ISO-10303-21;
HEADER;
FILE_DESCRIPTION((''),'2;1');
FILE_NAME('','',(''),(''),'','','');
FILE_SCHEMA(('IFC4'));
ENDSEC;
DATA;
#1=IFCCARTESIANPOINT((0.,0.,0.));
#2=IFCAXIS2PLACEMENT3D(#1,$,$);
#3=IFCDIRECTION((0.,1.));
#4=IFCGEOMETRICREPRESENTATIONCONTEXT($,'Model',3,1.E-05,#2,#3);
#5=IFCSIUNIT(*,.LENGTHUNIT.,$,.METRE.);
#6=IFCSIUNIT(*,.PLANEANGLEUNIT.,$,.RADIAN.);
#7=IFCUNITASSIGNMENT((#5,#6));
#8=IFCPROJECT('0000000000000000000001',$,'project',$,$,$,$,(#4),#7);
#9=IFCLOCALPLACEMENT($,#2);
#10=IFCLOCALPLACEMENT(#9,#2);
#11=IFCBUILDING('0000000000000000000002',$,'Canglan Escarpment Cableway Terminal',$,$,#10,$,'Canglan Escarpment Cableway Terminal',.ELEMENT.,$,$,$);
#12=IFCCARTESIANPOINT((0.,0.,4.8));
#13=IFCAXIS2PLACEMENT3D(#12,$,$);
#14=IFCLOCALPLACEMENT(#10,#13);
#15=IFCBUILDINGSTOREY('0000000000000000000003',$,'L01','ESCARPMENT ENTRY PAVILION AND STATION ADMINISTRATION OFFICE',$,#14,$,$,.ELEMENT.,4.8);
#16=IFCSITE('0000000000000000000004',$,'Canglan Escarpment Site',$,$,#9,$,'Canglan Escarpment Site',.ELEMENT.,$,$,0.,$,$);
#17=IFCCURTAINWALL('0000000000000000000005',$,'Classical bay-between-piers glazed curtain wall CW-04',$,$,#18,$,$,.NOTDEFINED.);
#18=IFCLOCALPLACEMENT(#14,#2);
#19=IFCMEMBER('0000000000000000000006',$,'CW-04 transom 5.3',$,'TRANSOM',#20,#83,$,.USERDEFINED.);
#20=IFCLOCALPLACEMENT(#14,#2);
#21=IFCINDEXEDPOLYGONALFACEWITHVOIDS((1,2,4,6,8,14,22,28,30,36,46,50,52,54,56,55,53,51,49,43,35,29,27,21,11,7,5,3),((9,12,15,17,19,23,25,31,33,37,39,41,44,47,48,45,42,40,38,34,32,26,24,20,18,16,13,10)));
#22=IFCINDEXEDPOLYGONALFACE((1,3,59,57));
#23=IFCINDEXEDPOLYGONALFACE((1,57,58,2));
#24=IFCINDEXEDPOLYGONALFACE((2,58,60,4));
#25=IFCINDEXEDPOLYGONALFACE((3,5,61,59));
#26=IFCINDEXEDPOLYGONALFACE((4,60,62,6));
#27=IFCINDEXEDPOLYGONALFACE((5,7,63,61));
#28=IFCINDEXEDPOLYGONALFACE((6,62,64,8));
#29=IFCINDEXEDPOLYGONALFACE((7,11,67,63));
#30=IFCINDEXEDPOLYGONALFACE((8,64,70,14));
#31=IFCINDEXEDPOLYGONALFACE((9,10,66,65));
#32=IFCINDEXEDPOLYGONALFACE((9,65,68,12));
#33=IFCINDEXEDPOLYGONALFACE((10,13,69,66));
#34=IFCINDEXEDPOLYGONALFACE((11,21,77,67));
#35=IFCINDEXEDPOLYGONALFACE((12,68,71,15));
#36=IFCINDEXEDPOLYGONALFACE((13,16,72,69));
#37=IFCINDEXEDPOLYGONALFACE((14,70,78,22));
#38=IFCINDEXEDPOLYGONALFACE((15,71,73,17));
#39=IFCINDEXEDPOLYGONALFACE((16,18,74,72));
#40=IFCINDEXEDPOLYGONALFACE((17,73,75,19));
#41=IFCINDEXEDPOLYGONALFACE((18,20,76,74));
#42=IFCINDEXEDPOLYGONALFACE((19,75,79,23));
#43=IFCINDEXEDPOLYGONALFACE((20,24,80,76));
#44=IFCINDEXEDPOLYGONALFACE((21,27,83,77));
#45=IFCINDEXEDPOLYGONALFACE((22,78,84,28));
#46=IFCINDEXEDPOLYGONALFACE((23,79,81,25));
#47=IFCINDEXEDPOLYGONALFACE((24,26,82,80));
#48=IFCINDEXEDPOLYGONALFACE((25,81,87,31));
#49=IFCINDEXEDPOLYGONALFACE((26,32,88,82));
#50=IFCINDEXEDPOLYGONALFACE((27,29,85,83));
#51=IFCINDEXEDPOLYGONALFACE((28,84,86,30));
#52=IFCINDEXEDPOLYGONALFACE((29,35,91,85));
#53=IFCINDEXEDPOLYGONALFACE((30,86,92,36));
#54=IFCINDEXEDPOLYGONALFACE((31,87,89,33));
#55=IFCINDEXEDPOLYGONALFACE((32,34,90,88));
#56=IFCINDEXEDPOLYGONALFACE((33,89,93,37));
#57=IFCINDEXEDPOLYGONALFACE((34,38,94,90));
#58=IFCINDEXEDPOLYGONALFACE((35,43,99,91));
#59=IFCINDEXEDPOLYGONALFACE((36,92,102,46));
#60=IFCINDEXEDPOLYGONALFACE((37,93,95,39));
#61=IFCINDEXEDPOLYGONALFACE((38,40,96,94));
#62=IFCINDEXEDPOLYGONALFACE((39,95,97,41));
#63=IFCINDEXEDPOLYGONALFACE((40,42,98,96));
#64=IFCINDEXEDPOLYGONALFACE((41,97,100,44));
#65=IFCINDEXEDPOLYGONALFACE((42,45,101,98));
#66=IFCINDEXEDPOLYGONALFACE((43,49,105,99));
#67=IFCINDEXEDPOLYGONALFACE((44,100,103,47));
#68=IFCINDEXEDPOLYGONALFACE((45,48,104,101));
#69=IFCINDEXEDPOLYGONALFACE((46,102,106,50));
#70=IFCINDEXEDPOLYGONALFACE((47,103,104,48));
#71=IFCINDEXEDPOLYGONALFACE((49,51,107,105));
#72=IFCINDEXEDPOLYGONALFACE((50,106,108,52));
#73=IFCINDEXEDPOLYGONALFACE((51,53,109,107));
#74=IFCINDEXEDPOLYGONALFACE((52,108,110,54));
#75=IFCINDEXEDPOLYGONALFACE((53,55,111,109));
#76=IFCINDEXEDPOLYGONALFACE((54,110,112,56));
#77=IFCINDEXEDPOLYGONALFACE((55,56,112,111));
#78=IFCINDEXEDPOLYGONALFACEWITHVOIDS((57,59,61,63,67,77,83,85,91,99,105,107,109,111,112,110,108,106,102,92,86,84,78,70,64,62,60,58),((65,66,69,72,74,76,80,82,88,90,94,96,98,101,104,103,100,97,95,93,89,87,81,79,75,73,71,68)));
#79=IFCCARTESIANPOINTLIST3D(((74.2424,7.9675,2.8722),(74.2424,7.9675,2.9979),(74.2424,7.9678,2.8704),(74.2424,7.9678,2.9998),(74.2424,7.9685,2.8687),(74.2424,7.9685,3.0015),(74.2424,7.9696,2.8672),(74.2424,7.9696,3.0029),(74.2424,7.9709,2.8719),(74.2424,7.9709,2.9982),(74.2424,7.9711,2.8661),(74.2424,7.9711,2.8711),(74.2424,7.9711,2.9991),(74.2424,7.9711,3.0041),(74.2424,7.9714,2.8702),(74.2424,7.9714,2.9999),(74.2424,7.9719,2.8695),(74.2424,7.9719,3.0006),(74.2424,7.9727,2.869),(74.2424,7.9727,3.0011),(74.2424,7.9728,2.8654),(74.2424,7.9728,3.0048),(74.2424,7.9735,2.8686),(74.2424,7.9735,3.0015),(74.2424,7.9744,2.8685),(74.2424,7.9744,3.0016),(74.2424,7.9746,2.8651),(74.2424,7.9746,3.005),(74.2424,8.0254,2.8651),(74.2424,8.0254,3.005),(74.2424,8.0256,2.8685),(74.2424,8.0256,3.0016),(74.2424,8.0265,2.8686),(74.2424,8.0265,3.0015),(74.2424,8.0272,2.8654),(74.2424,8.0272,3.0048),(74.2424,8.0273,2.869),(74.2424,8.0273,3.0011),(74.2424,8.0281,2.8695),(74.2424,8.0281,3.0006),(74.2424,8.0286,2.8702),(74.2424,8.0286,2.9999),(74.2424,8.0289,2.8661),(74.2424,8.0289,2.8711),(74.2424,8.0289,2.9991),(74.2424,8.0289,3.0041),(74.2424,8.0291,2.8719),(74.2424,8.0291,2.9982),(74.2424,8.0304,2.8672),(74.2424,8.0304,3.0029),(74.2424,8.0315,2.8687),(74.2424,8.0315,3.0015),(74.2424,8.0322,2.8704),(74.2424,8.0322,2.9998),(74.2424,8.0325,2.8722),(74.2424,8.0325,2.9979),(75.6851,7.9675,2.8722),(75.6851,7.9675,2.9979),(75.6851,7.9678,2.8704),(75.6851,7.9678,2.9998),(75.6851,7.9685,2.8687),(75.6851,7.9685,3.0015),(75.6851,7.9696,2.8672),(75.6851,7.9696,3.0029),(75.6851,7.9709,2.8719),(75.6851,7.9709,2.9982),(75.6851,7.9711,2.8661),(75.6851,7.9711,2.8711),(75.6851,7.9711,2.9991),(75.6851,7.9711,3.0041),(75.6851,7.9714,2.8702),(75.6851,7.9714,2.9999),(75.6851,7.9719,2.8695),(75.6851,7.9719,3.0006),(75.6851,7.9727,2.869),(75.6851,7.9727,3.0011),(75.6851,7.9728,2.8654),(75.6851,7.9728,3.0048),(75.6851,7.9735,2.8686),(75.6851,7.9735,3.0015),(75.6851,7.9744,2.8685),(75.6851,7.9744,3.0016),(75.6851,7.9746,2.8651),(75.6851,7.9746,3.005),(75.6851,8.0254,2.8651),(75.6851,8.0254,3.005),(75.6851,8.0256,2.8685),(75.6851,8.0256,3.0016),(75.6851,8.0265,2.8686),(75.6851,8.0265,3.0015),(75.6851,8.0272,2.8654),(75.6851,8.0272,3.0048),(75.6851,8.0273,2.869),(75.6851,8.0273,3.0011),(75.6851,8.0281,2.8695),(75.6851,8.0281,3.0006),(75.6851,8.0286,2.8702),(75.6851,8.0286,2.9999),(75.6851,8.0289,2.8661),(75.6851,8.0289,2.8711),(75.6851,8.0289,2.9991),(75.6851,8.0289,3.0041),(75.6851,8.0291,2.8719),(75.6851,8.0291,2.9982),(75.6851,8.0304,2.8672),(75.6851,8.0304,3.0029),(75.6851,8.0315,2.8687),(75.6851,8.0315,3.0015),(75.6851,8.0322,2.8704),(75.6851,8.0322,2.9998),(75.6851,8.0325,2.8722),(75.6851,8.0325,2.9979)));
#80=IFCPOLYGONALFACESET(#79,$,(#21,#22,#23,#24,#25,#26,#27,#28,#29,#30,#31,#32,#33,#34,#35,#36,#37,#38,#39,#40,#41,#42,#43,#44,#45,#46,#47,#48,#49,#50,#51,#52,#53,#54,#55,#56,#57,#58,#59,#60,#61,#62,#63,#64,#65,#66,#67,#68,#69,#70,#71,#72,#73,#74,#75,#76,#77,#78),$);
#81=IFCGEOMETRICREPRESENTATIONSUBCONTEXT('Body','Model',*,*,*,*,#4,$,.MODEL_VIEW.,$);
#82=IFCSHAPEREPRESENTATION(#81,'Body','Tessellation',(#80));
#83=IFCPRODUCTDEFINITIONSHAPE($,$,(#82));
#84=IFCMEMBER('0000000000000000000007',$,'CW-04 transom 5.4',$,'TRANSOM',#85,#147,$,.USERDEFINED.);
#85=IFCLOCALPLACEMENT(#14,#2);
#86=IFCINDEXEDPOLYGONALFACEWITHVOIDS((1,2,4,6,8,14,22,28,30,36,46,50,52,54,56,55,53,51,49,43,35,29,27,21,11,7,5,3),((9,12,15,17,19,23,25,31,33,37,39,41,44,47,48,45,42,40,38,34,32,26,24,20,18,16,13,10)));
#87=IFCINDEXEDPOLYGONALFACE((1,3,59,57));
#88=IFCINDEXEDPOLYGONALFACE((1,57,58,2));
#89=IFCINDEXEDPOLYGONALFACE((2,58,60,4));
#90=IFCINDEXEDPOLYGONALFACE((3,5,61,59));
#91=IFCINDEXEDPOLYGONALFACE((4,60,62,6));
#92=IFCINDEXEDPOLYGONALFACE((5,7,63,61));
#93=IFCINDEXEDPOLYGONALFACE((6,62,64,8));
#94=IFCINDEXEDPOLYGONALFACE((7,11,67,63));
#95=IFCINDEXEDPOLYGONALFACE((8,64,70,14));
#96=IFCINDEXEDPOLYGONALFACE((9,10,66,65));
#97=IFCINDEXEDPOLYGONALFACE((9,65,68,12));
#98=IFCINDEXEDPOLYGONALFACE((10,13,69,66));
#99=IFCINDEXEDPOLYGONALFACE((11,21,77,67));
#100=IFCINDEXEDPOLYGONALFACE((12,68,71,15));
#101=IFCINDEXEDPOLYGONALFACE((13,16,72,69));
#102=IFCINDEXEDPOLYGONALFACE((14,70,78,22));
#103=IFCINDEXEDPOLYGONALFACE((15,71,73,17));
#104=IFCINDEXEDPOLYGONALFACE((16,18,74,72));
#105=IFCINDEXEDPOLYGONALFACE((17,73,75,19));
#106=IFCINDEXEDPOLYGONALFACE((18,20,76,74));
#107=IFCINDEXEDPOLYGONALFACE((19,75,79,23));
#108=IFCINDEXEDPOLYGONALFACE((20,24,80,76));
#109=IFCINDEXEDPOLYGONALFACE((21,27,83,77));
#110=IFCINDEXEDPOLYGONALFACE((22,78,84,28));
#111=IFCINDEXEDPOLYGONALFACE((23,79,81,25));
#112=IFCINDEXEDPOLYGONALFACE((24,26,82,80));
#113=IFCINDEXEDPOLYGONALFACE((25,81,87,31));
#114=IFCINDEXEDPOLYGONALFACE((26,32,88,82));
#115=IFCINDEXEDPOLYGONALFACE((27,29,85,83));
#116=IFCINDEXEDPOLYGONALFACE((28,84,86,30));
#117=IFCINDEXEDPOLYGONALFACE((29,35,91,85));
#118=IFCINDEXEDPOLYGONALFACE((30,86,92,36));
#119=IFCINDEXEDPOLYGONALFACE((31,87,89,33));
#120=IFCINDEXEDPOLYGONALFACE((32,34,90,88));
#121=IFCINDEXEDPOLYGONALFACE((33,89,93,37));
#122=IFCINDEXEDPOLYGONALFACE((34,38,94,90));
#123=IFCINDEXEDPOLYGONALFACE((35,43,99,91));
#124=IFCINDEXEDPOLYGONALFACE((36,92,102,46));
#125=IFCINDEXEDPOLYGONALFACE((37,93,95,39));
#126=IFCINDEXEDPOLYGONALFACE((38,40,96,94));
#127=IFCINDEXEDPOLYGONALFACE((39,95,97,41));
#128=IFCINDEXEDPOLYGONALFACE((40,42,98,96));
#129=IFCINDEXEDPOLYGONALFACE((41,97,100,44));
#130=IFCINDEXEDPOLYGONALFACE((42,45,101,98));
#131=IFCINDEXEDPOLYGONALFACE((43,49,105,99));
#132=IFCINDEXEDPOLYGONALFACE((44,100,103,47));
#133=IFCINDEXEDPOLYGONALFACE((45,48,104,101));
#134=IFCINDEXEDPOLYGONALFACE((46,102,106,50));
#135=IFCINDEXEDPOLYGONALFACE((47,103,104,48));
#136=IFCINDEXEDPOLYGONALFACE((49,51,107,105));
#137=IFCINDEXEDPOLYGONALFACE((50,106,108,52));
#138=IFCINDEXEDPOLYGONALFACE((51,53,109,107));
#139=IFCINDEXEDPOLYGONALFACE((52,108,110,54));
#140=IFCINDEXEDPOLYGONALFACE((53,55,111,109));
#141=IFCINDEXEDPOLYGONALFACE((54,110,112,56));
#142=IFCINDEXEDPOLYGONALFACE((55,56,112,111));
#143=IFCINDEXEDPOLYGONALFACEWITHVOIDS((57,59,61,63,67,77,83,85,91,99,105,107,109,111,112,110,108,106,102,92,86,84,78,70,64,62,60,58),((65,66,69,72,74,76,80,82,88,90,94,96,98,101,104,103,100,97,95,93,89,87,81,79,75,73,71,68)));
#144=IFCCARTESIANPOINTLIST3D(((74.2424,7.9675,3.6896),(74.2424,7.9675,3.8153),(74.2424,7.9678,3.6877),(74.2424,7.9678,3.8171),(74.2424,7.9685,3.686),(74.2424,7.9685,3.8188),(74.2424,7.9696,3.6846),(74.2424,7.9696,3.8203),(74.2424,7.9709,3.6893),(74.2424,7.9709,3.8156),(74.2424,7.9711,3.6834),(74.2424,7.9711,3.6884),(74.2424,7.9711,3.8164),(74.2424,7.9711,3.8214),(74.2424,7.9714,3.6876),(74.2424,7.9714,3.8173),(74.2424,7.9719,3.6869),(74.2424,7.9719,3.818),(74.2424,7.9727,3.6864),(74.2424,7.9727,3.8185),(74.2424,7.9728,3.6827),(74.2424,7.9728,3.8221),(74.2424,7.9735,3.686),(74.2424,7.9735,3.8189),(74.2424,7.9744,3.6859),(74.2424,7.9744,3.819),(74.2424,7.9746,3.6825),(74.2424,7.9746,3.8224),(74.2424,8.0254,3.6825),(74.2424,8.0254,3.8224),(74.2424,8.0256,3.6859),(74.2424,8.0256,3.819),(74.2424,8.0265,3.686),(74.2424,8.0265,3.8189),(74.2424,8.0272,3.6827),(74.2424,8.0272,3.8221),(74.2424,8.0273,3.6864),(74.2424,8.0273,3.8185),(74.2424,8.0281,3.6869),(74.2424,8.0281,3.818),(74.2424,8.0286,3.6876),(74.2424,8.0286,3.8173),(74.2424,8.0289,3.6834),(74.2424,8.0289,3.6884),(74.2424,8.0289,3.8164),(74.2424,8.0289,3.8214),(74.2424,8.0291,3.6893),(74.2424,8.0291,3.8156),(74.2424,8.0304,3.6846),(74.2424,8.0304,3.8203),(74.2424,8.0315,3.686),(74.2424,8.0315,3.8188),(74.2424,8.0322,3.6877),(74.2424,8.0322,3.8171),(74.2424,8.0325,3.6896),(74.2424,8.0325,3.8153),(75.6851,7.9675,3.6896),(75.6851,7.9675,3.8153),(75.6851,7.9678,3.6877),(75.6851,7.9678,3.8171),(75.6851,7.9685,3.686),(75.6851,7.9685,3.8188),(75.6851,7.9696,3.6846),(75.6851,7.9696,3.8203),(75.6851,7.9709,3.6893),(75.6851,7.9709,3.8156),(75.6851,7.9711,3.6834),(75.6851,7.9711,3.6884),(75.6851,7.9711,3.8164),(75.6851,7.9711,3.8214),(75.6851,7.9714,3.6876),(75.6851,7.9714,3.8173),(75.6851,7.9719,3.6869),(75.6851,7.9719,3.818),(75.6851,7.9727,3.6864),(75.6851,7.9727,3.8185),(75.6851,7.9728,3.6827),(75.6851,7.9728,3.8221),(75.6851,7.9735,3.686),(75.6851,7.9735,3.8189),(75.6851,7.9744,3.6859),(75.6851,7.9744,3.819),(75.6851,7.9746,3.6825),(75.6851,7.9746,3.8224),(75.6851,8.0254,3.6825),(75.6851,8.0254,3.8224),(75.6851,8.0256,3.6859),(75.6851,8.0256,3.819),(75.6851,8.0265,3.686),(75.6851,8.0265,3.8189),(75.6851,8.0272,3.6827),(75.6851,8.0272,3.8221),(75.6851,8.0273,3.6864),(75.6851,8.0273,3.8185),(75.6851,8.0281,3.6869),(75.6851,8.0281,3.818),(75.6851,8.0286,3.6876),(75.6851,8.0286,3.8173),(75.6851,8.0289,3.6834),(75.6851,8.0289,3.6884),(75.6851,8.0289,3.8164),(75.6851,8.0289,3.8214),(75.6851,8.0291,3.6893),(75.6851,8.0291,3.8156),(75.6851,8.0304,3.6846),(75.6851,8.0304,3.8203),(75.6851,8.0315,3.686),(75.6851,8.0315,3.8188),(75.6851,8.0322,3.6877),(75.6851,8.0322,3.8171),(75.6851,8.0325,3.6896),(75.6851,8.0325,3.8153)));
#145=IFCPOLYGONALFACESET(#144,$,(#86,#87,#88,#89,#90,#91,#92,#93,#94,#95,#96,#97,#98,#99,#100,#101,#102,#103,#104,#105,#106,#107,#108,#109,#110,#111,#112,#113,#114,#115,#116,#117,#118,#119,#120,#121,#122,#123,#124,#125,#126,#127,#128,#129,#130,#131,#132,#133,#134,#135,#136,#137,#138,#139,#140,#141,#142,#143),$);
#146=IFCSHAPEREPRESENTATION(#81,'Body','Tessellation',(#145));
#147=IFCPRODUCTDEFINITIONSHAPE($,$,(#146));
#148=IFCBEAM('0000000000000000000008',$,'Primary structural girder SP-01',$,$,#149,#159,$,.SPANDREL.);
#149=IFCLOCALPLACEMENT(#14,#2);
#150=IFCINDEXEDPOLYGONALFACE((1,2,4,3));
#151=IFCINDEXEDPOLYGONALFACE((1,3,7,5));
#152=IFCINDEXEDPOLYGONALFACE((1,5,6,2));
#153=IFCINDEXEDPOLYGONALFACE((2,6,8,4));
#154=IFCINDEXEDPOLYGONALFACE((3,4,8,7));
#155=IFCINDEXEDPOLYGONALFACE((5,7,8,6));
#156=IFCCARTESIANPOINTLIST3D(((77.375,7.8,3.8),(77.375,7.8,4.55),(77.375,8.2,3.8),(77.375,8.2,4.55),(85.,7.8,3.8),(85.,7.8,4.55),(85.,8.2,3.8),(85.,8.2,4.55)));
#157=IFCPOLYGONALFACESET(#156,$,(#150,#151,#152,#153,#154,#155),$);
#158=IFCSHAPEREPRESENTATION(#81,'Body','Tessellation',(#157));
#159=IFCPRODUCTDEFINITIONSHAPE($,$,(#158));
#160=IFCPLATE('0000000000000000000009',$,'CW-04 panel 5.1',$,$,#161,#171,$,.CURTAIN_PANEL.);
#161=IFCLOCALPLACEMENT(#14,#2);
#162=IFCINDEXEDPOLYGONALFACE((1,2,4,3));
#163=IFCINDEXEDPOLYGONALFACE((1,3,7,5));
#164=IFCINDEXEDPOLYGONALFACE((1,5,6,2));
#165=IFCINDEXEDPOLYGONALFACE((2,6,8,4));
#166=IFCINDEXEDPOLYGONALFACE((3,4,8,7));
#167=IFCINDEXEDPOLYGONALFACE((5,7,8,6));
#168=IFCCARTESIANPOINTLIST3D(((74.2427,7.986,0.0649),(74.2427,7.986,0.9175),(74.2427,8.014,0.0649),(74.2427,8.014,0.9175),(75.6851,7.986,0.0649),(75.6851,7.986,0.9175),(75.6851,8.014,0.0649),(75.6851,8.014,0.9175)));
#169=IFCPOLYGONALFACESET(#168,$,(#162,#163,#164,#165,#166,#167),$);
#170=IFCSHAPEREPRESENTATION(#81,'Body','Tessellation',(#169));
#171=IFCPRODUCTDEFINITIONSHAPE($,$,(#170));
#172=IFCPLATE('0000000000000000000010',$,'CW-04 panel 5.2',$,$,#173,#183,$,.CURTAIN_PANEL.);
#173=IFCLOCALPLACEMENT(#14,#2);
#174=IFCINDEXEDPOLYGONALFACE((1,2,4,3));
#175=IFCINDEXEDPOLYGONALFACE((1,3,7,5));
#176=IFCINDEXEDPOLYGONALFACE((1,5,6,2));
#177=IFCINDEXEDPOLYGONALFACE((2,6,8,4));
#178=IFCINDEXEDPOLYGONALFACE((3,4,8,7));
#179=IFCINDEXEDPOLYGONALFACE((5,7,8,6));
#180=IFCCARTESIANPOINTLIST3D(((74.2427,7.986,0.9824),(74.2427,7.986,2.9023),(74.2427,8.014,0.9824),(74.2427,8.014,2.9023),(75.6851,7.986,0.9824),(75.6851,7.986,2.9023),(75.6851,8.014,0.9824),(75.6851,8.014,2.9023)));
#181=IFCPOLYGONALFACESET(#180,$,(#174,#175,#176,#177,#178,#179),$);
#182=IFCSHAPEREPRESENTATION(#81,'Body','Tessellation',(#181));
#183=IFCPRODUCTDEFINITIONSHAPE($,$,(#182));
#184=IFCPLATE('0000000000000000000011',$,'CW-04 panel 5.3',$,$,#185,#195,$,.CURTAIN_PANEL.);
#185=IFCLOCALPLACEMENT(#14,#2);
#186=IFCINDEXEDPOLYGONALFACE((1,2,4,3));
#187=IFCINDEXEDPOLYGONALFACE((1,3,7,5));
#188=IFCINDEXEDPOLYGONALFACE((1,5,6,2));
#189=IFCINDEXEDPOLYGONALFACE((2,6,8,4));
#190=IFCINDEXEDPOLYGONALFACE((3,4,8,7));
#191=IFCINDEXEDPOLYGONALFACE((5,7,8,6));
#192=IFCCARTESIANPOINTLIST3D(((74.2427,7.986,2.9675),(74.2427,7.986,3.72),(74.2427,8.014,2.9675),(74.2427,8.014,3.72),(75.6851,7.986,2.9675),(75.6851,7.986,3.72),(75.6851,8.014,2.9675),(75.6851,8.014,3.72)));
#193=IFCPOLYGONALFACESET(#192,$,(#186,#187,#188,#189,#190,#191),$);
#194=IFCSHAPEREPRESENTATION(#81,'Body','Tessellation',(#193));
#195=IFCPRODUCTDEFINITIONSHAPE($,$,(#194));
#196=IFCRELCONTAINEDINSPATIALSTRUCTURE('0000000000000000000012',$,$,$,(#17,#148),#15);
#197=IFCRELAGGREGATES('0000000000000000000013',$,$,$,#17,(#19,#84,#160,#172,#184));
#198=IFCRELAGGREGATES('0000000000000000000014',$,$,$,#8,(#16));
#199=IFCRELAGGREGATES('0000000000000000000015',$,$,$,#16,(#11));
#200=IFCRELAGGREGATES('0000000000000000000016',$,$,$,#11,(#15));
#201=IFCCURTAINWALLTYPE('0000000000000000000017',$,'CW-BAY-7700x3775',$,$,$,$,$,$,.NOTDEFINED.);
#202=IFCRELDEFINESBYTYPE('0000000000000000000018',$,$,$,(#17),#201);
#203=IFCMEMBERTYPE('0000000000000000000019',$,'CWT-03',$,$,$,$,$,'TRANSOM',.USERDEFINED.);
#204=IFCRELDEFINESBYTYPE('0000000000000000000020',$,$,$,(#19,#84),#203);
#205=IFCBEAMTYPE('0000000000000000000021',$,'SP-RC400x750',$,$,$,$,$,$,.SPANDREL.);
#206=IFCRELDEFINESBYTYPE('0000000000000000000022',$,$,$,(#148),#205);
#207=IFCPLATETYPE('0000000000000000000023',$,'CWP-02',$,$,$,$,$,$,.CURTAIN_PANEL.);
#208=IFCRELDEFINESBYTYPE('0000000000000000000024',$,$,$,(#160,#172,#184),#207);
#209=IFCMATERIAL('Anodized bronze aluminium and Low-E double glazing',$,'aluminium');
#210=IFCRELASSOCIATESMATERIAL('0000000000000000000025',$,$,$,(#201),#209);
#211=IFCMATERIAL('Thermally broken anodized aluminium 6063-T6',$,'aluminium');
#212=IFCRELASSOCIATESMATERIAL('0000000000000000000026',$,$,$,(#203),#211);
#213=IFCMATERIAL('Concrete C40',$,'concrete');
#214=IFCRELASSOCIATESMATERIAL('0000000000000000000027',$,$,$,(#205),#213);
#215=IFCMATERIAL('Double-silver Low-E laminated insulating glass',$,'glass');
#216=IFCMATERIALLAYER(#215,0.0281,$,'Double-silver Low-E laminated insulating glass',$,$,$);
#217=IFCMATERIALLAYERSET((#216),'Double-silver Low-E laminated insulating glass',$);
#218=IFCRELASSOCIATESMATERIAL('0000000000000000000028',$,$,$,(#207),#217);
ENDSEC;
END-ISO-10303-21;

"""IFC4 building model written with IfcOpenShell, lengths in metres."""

from ifc_helpers import new_model, si_unit, direction, frame, origin, origin_2d, place, context, subcontext, project, spatial, rectangle, hollow_rectangle, extrude, material, layer, layer_set, material_profile, profile_set, type_object, element, aggregate, save


model = new_model("IFC4")

# Units and contexts
model_context = context("Model", 3, precision=1e-05, world=origin(), true_north=direction((0.0, 1.0)))
body_context = subcontext(model_context, "Body", "Model", "MODEL_VIEW")
ifc_project = project(units=[si_unit("LENGTHUNIT", "METRE"), si_unit("PLANEANGLEUNIT", "RADIAN")], contexts=[model_context])

# Site, building, storey
site_placement = place(None, origin())
site = spatial("IfcSite", under=ifc_project, at=site_placement, Name="Canglan Escarpment Site", LongName="Canglan Escarpment Site", CompositionType="ELEMENT", RefElevation=0.0)
building_placement = place(site_placement, origin())
building = spatial("IfcBuilding", under=site, at=building_placement, Name="Canglan Escarpment Cableway Terminal", LongName="Canglan Escarpment Cableway Terminal", CompositionType="ELEMENT")
storey_placement = place(building_placement, frame((0.0, 0.0, 4.8)))
storey = spatial("IfcBuildingStorey", under=building, at=storey_placement, Name="L01", Description="ESCARPMENT ENTRY PAVILION AND STATION ADMINISTRATION OFFICE", CompositionType="ELEMENT", Elevation=4.8)

# Shared definitions
ifc_material_1 = material(Name="Concrete C40", Category="concrete")

# Curtain wall, members
ifc_material_2 = material(Name="Anodized bronze aluminium and Low-E double glazing", Category="aluminium")
curtain_wall_type = type_object("IfcCurtainWallType", Name="CW-BAY-7700x3775", PredefinedType="NOTDEFINED", material=ifc_material_2)
curtain_wall_placement = place(storey_placement, origin())
curtain_wall = element("IfcCurtainWall", 1, at=curtain_wall_placement, inside=storey, type_object=curtain_wall_type, Name="Classical bay-between-piers glazed curtain wall CW-04", PredefinedType="NOTDEFINED")
ifc_material_3 = material(Name="Thermally broken anodized aluminium 6063-T6", Category="aluminium")
ifc_material_profile_1 = material_profile(ifc_material_3, hollow_rectangle(XDim=0.0649, YDim=0.1399, WallThickness=0.0034, InnerFilletRadius=0.0034, OuterFilletRadius=0.0071, at=origin_2d()), Name="ALU-TRAN 65x140x3.5")
ifc_profile_set_1 = profile_set([ifc_material_profile_1], Name="Thermally broken anodized aluminium 6063-T6")
member_type_1 = type_object("IfcMemberType", Name="CWT-03", ElementType="TRANSOM", PredefinedType="USERDEFINED", material=ifc_profile_set_1)
member_1_placement = place(storey_placement, frame((74.2424, 8.0, 2.9351), z_axis=(1.0, 0.0, 0.0), x_axis=(0.0, 1.0, 0.0)))
member_1 = element("IfcMember", 2, at=member_1_placement, type_object=member_type_1, Name="CW-04 transom 5.3", ObjectType="TRANSOM", PredefinedType="USERDEFINED", context=body_context, shape_type="SweptSolid", body=[
    extrude(hollow_rectangle(XDim=0.0649, YDim=0.1399, WallThickness=0.0034, InnerFilletRadius=0.0034, OuterFilletRadius=0.0071, at=origin_2d()), origin(), (0.0, 0.0, 1.0), 1.4426),
])
member_2_placement = place(storey_placement, frame((74.2424, 8.0, 3.7524), z_axis=(1.0, 0.0, 0.0), x_axis=(0.0, 1.0, 0.0)))
member_2 = element("IfcMember", 3, at=member_2_placement, type_object=member_type_1, Name="CW-04 transom 5.4", ObjectType="TRANSOM", PredefinedType="USERDEFINED", context=body_context, shape_type="SweptSolid", body=[
    extrude(hollow_rectangle(XDim=0.0649, YDim=0.1399, WallThickness=0.0034, InnerFilletRadius=0.0034, OuterFilletRadius=0.0071, at=origin_2d()), origin(), (0.0, 0.0, 1.0), 1.4426),
])

# Beam
ifc_material_profile_2 = material_profile(ifc_material_1, rectangle(XDim=0.3999, YDim=0.75, at=origin_2d()), Name="RC 400x750")
ifc_profile_set_2 = profile_set([ifc_material_profile_2], Name="Concrete C40")
beam_type_1 = type_object("IfcBeamType", Name="SP-RC400x750", PredefinedType="SPANDREL", material=ifc_profile_set_2)
beam_1_placement = place(storey_placement, frame((77.375, 8.0, 4.175), z_axis=(1.0, 0.0, 0.0), x_axis=(0.0, 1.0, 0.0)))
element("IfcBeam", 4, at=beam_1_placement, inside=storey, type_object=beam_type_1, Name="Primary structural girder SP-01", PredefinedType="SPANDREL", context=body_context, shape_type="SweptSolid", body=[
    extrude(rectangle(XDim=0.3999, YDim=0.75, at=origin_2d()), origin(), (0.0, 0.0, 1.0), 7.625),
])

# Plates
ifc_material_4 = material(Name="Double-silver Low-E laminated insulating glass", Category="glass")
ifc_layer_1 = layer(ifc_material_4, 0.0281, Name="Double-silver Low-E laminated insulating glass")
ifc_layer_set_1 = layer_set([ifc_layer_1], Name="Double-silver Low-E laminated insulating glass")
plate_type = type_object("IfcPlateType", Name="CWP-02", PredefinedType="CURTAIN_PANEL", material=ifc_layer_set_1)
plate_1_placement = place(storey_placement, frame((74.9639, 8.0, 0.0649), z_axis=(0.0, 0.0, 1.0), x_axis=(1.0, 0.0, 0.0)))
plate_1 = element("IfcPlate", 5, at=plate_1_placement, type_object=plate_type, Name="CW-04 panel 5.1", PredefinedType="CURTAIN_PANEL", context=body_context, shape_type="SweptSolid", body=[
    extrude(rectangle(XDim=1.4424, YDim=0.0281, at=origin_2d()), origin(), (0.0, 0.0, 1.0), 0.8525),
])
plate_2_placement = place(storey_placement, frame((74.9639, 8.0, 0.9824), z_axis=(0.0, 0.0, 1.0), x_axis=(1.0, 0.0, 0.0)))
plate_2 = element("IfcPlate", 6, at=plate_2_placement, type_object=plate_type, Name="CW-04 panel 5.2", PredefinedType="CURTAIN_PANEL", context=body_context, shape_type="SweptSolid", body=[
    extrude(rectangle(XDim=1.4424, YDim=0.0281, at=origin_2d()), origin(), (0.0, 0.0, 1.0), 1.9199),
])
plate_3_placement = place(storey_placement, frame((74.9639, 8.0, 2.9675), z_axis=(0.0, 0.0, 1.0), x_axis=(1.0, 0.0, 0.0)))
plate_3 = element("IfcPlate", 7, at=plate_3_placement, type_object=plate_type, Name="CW-04 panel 5.3", PredefinedType="CURTAIN_PANEL", context=body_context, shape_type="SweptSolid", body=[
    extrude(rectangle(XDim=1.4424, YDim=0.0281, at=origin_2d()), origin(), (0.0, 0.0, 1.0), 0.7524),
])
aggregate(curtain_wall, [member_1, member_2, plate_1, plate_2, plate_3])

save(model, "model.ifc")
